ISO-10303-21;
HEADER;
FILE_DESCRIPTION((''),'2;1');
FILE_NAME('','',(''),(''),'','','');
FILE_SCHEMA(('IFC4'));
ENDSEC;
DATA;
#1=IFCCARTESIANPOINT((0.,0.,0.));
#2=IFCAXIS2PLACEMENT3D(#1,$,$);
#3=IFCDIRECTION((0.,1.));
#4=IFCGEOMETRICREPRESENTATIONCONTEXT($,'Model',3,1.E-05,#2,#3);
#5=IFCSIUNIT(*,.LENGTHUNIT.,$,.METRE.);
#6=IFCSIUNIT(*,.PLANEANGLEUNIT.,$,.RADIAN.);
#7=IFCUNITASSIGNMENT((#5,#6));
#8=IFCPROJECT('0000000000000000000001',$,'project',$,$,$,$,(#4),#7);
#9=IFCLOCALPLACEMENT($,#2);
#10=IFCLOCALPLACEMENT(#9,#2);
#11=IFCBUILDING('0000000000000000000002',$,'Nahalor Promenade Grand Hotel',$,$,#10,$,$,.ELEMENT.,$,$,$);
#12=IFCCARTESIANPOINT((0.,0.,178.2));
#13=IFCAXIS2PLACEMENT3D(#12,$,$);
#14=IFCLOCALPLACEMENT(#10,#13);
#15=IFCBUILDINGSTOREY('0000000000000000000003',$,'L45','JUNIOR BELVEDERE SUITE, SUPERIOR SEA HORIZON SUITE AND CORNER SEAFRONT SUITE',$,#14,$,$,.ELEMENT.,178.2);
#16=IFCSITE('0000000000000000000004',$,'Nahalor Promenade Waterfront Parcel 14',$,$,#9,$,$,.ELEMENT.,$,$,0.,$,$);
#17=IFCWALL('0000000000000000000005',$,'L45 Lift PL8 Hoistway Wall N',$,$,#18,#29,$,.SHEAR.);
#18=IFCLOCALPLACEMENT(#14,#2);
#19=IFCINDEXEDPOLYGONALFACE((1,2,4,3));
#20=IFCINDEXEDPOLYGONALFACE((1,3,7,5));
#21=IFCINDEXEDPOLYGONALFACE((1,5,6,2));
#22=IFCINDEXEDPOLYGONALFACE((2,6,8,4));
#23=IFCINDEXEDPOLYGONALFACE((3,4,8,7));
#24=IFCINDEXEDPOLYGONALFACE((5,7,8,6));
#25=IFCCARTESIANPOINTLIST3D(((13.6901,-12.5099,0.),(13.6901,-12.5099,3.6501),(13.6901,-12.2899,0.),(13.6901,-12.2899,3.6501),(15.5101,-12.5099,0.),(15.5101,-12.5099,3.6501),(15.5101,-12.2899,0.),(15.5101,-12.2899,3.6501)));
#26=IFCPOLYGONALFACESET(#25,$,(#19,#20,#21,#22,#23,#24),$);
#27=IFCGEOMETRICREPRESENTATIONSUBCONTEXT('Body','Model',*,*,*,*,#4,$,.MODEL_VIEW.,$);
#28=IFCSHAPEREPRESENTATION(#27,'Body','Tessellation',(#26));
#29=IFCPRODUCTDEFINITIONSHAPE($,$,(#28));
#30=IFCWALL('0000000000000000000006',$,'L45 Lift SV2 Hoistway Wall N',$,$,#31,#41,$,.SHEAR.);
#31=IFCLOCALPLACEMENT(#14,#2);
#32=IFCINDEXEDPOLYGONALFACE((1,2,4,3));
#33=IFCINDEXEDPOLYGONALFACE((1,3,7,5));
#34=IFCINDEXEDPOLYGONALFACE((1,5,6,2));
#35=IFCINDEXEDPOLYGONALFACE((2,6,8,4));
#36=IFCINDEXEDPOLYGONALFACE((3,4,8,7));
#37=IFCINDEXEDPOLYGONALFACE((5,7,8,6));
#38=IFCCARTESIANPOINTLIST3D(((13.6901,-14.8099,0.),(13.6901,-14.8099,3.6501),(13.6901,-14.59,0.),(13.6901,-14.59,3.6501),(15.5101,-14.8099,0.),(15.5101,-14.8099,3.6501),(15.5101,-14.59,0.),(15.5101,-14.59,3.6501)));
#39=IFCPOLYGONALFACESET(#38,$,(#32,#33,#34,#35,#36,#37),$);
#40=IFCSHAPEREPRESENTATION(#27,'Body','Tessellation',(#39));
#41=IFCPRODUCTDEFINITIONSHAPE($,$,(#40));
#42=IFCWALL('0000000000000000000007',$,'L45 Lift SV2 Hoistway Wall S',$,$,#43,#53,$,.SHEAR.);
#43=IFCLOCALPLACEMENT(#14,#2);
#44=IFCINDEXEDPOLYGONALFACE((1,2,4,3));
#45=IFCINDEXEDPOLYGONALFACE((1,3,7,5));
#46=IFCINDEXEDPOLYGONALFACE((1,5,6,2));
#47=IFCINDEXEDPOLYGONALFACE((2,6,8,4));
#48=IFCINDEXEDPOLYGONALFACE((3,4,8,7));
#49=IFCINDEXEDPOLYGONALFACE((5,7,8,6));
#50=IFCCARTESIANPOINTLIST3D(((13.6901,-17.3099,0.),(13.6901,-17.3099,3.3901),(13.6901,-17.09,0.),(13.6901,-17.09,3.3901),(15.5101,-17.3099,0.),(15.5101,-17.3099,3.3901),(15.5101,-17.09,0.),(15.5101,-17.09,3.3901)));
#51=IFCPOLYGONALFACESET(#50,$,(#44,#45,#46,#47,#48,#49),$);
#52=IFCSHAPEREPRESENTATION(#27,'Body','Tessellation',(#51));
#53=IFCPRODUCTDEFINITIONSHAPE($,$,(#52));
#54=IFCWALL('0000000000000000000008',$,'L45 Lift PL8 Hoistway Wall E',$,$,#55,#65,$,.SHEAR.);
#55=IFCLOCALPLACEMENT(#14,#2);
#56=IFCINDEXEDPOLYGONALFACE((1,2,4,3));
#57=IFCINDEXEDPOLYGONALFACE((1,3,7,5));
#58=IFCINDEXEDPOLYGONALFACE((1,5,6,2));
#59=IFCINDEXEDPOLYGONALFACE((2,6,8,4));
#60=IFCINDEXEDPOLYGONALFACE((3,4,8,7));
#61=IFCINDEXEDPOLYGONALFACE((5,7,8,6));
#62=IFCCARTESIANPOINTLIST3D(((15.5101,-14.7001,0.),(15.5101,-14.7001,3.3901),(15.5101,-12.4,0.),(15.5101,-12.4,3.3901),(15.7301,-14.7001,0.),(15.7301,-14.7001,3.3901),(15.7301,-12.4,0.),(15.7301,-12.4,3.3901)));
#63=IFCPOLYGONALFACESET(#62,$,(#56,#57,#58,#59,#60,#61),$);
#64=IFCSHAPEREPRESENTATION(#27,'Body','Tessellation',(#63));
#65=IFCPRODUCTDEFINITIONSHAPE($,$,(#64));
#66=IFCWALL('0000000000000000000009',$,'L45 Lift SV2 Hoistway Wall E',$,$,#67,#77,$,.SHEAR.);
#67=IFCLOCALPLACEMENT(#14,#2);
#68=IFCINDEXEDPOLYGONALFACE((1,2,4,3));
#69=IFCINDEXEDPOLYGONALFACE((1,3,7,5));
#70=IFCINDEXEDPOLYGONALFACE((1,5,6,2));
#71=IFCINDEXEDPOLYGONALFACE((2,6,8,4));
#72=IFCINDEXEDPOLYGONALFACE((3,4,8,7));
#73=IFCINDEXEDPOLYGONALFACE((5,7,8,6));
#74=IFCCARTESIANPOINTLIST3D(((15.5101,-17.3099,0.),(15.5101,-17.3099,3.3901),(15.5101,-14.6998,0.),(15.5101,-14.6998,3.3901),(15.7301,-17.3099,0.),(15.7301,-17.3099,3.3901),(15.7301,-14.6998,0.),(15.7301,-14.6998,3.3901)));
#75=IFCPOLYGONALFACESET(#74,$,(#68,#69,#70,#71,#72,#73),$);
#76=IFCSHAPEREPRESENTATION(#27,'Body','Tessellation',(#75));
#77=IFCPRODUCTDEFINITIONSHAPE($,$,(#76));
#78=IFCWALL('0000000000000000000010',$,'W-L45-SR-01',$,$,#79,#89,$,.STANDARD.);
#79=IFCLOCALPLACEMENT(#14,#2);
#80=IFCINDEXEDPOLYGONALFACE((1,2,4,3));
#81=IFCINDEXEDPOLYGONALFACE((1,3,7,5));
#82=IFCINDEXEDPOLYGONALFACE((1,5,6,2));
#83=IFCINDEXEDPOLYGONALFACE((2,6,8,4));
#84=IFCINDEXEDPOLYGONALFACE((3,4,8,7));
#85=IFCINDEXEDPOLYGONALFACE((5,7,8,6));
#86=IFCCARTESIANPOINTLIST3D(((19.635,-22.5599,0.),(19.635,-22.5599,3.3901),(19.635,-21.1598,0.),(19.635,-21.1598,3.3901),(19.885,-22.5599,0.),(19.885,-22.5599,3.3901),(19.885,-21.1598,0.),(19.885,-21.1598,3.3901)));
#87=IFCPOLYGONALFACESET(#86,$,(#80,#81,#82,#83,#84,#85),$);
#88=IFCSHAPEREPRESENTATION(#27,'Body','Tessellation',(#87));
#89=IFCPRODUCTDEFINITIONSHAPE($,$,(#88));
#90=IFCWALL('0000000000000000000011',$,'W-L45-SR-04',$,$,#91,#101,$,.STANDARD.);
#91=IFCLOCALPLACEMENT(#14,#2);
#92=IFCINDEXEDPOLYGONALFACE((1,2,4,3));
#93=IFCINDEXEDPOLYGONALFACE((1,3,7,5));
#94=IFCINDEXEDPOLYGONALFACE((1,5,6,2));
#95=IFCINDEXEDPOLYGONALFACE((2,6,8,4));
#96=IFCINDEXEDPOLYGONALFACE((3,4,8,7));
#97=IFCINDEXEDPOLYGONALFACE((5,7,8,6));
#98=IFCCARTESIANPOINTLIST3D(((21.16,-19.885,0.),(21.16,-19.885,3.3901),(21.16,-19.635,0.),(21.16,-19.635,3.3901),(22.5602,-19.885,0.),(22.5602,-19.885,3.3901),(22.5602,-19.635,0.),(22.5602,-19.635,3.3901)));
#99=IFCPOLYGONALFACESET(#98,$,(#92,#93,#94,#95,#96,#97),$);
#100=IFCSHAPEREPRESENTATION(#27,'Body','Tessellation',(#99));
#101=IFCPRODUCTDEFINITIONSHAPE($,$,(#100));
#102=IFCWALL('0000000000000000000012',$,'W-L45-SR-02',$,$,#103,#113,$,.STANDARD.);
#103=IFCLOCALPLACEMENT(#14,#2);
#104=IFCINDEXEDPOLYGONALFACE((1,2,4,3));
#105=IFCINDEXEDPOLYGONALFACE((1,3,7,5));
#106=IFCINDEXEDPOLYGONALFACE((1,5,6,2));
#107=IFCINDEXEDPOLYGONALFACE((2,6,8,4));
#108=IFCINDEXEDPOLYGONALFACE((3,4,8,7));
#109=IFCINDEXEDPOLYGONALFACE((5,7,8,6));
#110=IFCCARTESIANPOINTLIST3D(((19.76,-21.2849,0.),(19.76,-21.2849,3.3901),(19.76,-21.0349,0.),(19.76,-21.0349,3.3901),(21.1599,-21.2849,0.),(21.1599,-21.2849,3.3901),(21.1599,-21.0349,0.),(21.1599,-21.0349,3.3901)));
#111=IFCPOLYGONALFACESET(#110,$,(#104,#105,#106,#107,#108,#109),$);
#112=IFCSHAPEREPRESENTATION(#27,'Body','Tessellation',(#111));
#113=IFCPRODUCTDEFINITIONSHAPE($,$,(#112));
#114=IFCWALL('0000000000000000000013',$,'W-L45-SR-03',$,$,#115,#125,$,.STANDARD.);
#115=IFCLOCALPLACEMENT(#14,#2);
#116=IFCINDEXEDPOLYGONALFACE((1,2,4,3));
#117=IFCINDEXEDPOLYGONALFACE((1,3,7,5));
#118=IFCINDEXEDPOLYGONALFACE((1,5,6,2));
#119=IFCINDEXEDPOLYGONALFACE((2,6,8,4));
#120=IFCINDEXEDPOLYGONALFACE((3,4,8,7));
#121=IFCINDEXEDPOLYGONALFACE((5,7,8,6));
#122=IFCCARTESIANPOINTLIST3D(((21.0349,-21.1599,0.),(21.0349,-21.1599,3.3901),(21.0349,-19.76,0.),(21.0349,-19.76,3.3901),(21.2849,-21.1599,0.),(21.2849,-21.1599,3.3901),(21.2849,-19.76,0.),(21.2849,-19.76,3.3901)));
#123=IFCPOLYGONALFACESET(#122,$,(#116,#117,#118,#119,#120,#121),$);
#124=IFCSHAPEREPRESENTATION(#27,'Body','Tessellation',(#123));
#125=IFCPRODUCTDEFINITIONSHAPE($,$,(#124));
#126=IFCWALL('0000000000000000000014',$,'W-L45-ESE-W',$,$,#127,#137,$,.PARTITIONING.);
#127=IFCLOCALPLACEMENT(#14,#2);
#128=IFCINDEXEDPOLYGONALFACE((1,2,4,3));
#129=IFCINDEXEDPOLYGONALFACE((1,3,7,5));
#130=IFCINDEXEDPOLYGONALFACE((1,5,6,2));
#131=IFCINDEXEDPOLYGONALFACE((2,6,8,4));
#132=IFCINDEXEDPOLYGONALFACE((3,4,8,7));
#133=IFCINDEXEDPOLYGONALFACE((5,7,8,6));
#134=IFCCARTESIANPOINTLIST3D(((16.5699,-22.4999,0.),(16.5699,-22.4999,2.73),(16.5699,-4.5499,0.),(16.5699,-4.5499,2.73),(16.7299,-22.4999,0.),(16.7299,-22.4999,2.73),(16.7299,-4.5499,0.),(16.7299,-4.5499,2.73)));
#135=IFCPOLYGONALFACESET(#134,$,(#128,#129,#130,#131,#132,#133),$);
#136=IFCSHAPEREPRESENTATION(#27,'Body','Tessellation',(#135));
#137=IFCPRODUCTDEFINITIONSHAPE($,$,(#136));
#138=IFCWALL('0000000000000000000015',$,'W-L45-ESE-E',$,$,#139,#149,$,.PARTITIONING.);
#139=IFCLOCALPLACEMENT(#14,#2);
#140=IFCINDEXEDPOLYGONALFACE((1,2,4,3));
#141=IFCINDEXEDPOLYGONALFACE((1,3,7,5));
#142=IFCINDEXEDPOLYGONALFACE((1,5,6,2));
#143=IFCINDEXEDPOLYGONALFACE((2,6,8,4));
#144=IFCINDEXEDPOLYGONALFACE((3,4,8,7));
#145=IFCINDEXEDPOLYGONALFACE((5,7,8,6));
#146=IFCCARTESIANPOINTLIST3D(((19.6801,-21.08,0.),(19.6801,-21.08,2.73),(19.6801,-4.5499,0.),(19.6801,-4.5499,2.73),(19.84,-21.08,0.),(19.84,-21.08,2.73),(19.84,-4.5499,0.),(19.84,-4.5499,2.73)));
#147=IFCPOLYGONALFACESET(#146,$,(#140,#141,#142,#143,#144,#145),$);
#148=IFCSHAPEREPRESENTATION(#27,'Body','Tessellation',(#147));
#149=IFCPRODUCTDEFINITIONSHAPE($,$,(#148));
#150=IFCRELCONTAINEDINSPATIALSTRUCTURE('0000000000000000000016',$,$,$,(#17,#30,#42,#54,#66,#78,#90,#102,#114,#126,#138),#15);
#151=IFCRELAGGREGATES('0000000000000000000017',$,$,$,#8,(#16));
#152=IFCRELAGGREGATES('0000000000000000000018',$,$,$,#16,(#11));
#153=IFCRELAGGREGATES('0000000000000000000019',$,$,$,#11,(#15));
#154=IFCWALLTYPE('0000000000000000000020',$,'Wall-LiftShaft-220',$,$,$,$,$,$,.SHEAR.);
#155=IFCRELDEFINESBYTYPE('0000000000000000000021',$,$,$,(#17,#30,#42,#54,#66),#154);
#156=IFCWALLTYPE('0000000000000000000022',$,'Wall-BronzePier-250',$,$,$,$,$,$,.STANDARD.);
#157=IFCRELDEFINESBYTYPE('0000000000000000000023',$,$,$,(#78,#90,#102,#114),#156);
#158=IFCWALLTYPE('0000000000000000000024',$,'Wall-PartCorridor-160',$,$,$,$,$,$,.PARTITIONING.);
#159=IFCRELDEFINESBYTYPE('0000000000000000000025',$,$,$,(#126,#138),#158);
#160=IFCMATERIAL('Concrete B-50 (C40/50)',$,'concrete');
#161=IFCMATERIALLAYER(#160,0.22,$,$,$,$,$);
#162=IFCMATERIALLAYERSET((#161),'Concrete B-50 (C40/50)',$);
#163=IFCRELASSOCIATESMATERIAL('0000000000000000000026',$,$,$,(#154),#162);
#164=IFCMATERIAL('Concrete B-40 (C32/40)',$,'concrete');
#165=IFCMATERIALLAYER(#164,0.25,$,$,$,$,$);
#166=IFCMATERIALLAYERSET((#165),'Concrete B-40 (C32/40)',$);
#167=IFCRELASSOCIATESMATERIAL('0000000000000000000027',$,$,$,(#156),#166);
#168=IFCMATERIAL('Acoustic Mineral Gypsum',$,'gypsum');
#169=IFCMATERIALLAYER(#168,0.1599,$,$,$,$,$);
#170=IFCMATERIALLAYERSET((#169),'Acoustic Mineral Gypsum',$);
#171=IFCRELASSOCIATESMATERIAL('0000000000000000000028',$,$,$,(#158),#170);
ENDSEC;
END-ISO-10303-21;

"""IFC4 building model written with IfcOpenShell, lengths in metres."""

from ifc_helpers import new_model, si_unit, direction, frame, frame_2d, origin, place, context, subcontext, project, spatial, rectangle, extrude, source, transform, mapped, material, layer, layer_set, type_object, element, save


model = new_model("IFC4")

# Units and contexts
model_context = context("Model", 3, precision=1e-05, world=origin(), true_north=direction((0.0, 1.0)))
body_context = subcontext(model_context, "Body", "Model", "MODEL_VIEW")
ifc_project = project(units=[si_unit("LENGTHUNIT", "METRE"), si_unit("PLANEANGLEUNIT", "RADIAN")], contexts=[model_context])

# Site, building, storey
site_placement = place(None, origin())
site = spatial("IfcSite", under=ifc_project, at=site_placement, Name="Nahalor Promenade Waterfront Parcel 14", CompositionType="ELEMENT", RefElevation=0.0)
building_placement = place(site_placement, origin())
building = spatial("IfcBuilding", under=site, at=building_placement, Name="Nahalor Promenade Grand Hotel", CompositionType="ELEMENT")
storey_placement = place(building_placement, frame((0.0, 0.0, 178.2)))
storey = spatial("IfcBuildingStorey", under=building, at=storey_placement, Name="L45", Description="JUNIOR BELVEDERE SUITE, SUPERIOR SEA HORIZON SUITE AND CORNER SEAFRONT SUITE", CompositionType="ELEMENT", Elevation=178.2)

# Walls
ifc_material_1 = material(Name="Concrete B-50 (C40/50)", Category="concrete")
ifc_layer_1 = layer(ifc_material_1, 0.22)
ifc_layer_set_1 = layer_set([ifc_layer_1], Name="Concrete B-50 (C40/50)")
wall_type_1 = type_object("IfcWallType", Name="Wall-LiftShaft-220", PredefinedType="SHEAR", material=ifc_layer_set_1)
shared_shape_1 = source(origin(), body_context, "Body", "SweptSolid", [
    extrude(rectangle(XDim=1.8201, YDim=0.22, at=frame_2d((0.9102, 0.0))), origin(), (0.0, 0.0, 1.0), 3.6501),
])
for number, where, z_axis, x_axis, name in (
    (1, (13.6899, -12.3999, 0.0), (0.0, 0.0, 1.0), (1.0, 0.0, 0.0), "L45 Lift PL8 Hoistway Wall N"),
    (2, (13.6899, -14.7, 0.0), (0.0, 0.0, 1.0), (1.0, 0.0, 0.0), "L45 Lift SV2 Hoistway Wall N"),
):
    element("IfcWall", number, at=place(storey_placement, frame(where, z_axis=z_axis, x_axis=x_axis)), inside=storey, type_object=wall_type_1, Name=name, PredefinedType="SHEAR", context=body_context, shape_type="MappedRepresentation", body=[
        mapped(shared_shape_1, transform((0.0, 0.0, 0.0), scale=1.0)),
    ])
shared_shape_2 = source(origin(), body_context, "Body", "SweptSolid", [
    extrude(rectangle(XDim=1.8201, YDim=0.22, at=frame_2d((0.9102, 0.0))), origin(), (0.0, 0.0, 1.0), 3.3901),
])
wall_1_placement = place(storey_placement, frame((13.6899, -17.2, 0.0), z_axis=(0.0, 0.0, 1.0), x_axis=(1.0, 0.0, 0.0)))
element("IfcWall", 3, at=wall_1_placement, inside=storey, type_object=wall_type_1, Name="L45 Lift SV2 Hoistway Wall S", PredefinedType="SHEAR", context=body_context, shape_type="MappedRepresentation", body=[
    mapped(shared_shape_2, transform((0.0, 0.0, 0.0), scale=1.0)),
])
shared_shape_3 = source(origin(), body_context, "Body", "SweptSolid", [
    extrude(rectangle(XDim=2.3, YDim=0.22, at=frame_2d((1.1499, 0.0))), origin(), (0.0, 0.0, 1.0), 3.3901),
])
wall_2_placement = place(storey_placement, frame((15.6201, -14.7, 0.0), z_axis=(0.0, 0.0, 1.0), x_axis=(0.0, 1.0, 0.0)))
element("IfcWall", 4, at=wall_2_placement, inside=storey, type_object=wall_type_1, Name="L45 Lift PL8 Hoistway Wall E", PredefinedType="SHEAR", context=body_context, shape_type="MappedRepresentation", body=[
    mapped(shared_shape_3, transform((0.0, 0.0, 0.0), scale=1.0)),
])
shared_shape_4 = source(origin(), body_context, "Body", "SweptSolid", [
    extrude(rectangle(XDim=2.6101, YDim=0.22, at=frame_2d((1.3052, 0.0))), origin(), (0.0, 0.0, 1.0), 3.3901),
])
wall_3_placement = place(storey_placement, frame((15.6201, -17.3101, 0.0), z_axis=(0.0, 0.0, 1.0), x_axis=(0.0, 1.0, 0.0)))
element("IfcWall", 5, at=wall_3_placement, inside=storey, type_object=wall_type_1, Name="L45 Lift SV2 Hoistway Wall E", PredefinedType="SHEAR", context=body_context, shape_type="MappedRepresentation", body=[
    mapped(shared_shape_4, transform((0.0, 0.0, 0.0), scale=1.0)),
])
ifc_material_2 = material(Name="Concrete B-40 (C32/40)", Category="concrete")
ifc_layer_2 = layer(ifc_material_2, 0.25)
ifc_layer_set_2 = layer_set([ifc_layer_2], Name="Concrete B-40 (C32/40)")
wall_type_2 = type_object("IfcWallType", Name="Wall-BronzePier-250", PredefinedType="STANDARD", material=ifc_layer_set_2)
shared_shape_5 = source(origin(), body_context, "Body", "SweptSolid", [
    extrude(rectangle(XDim=1.4001, YDim=0.25, at=frame_2d((0.7002, 0.0))), origin(), (0.0, 0.0, 1.0), 3.3901),
])
for number, where, z_axis, x_axis, name in (
    (6, (19.76, -22.5601, 0.0), (0.0, 0.0, 1.0), (0.0, 1.0, 0.0), "W-L45-SR-01"),
    (7, (21.1599, -19.76, 0.0), (0.0, 0.0, 1.0), (1.0, 0.0, 0.0), "W-L45-SR-04"),
):
    element("IfcWall", number, at=place(storey_placement, frame(where, z_axis=z_axis, x_axis=x_axis)), inside=storey, type_object=wall_type_2, Name=name, PredefinedType="STANDARD", context=body_context, shape_type="MappedRepresentation", body=[
        mapped(shared_shape_5, transform((0.0, 0.0, 0.0), scale=1.0)),
    ])
shared_shape_6 = source(origin(), body_context, "Body", "SweptSolid", [
    extrude(rectangle(XDim=1.3999, YDim=0.25, at=frame_2d((0.7, 0.0))), origin(), (0.0, 0.0, 1.0), 3.3901),
])
for number, where, z_axis, x_axis, name in (
    (8, (19.76, -21.1599, 0.0), (0.0, 0.0, 1.0), (1.0, 0.0, 0.0), "W-L45-SR-02"),
    (9, (21.1599, -21.1599, 0.0), (0.0, 0.0, 1.0), (0.0, 1.0, 0.0), "W-L45-SR-03"),
):
    element("IfcWall", number, at=place(storey_placement, frame(where, z_axis=z_axis, x_axis=x_axis)), inside=storey, type_object=wall_type_2, Name=name, PredefinedType="STANDARD", context=body_context, shape_type="MappedRepresentation", body=[
        mapped(shared_shape_6, transform((0.0, 0.0, 0.0), scale=1.0)),
    ])
ifc_material_3 = material(Name="Acoustic Mineral Gypsum", Category="gypsum")
ifc_layer_3 = layer(ifc_material_3, 0.1599)
ifc_layer_set_3 = layer_set([ifc_layer_3], Name="Acoustic Mineral Gypsum")
wall_type_3 = type_object("IfcWallType", Name="Wall-PartCorridor-160", PredefinedType="PARTITIONING", material=ifc_layer_set_3)
shared_shape_7 = source(origin(), body_context, "Body", "SweptSolid", [
    extrude(rectangle(XDim=17.95, YDim=0.1599, at=frame_2d((8.9751, 0.0))), origin(), (0.0, 0.0, 1.0), 2.73),
])
wall_4_placement = place(storey_placement, frame((16.6499, -22.5, 0.0), z_axis=(0.0, 0.0, 1.0), x_axis=(0.0, 1.0, 0.0)))
element("IfcWall", 10, at=wall_4_placement, inside=storey, type_object=wall_type_3, Name="W-L45-ESE-W", PredefinedType="PARTITIONING", context=body_context, shape_type="MappedRepresentation", body=[
    mapped(shared_shape_7, transform((0.0, 0.0, 0.0), scale=1.0)),
])
shared_shape_8 = source(origin(), body_context, "Body", "SweptSolid", [
    extrude(rectangle(XDim=16.53, YDim=0.1599, at=frame_2d((8.2651, 0.0))), origin(), (0.0, 0.0, 1.0), 2.73),
])
wall_5_placement = place(storey_placement, frame((19.76, -21.0801, 0.0), z_axis=(0.0, 0.0, 1.0), x_axis=(0.0, 1.0, 0.0)))
element("IfcWall", 11, at=wall_5_placement, inside=storey, type_object=wall_type_3, Name="W-L45-ESE-E", PredefinedType="PARTITIONING", context=body_context, shape_type="MappedRepresentation", body=[
    mapped(shared_shape_8, transform((0.0, 0.0, 0.0), scale=1.0)),
])

save(model, "model.ifc")
